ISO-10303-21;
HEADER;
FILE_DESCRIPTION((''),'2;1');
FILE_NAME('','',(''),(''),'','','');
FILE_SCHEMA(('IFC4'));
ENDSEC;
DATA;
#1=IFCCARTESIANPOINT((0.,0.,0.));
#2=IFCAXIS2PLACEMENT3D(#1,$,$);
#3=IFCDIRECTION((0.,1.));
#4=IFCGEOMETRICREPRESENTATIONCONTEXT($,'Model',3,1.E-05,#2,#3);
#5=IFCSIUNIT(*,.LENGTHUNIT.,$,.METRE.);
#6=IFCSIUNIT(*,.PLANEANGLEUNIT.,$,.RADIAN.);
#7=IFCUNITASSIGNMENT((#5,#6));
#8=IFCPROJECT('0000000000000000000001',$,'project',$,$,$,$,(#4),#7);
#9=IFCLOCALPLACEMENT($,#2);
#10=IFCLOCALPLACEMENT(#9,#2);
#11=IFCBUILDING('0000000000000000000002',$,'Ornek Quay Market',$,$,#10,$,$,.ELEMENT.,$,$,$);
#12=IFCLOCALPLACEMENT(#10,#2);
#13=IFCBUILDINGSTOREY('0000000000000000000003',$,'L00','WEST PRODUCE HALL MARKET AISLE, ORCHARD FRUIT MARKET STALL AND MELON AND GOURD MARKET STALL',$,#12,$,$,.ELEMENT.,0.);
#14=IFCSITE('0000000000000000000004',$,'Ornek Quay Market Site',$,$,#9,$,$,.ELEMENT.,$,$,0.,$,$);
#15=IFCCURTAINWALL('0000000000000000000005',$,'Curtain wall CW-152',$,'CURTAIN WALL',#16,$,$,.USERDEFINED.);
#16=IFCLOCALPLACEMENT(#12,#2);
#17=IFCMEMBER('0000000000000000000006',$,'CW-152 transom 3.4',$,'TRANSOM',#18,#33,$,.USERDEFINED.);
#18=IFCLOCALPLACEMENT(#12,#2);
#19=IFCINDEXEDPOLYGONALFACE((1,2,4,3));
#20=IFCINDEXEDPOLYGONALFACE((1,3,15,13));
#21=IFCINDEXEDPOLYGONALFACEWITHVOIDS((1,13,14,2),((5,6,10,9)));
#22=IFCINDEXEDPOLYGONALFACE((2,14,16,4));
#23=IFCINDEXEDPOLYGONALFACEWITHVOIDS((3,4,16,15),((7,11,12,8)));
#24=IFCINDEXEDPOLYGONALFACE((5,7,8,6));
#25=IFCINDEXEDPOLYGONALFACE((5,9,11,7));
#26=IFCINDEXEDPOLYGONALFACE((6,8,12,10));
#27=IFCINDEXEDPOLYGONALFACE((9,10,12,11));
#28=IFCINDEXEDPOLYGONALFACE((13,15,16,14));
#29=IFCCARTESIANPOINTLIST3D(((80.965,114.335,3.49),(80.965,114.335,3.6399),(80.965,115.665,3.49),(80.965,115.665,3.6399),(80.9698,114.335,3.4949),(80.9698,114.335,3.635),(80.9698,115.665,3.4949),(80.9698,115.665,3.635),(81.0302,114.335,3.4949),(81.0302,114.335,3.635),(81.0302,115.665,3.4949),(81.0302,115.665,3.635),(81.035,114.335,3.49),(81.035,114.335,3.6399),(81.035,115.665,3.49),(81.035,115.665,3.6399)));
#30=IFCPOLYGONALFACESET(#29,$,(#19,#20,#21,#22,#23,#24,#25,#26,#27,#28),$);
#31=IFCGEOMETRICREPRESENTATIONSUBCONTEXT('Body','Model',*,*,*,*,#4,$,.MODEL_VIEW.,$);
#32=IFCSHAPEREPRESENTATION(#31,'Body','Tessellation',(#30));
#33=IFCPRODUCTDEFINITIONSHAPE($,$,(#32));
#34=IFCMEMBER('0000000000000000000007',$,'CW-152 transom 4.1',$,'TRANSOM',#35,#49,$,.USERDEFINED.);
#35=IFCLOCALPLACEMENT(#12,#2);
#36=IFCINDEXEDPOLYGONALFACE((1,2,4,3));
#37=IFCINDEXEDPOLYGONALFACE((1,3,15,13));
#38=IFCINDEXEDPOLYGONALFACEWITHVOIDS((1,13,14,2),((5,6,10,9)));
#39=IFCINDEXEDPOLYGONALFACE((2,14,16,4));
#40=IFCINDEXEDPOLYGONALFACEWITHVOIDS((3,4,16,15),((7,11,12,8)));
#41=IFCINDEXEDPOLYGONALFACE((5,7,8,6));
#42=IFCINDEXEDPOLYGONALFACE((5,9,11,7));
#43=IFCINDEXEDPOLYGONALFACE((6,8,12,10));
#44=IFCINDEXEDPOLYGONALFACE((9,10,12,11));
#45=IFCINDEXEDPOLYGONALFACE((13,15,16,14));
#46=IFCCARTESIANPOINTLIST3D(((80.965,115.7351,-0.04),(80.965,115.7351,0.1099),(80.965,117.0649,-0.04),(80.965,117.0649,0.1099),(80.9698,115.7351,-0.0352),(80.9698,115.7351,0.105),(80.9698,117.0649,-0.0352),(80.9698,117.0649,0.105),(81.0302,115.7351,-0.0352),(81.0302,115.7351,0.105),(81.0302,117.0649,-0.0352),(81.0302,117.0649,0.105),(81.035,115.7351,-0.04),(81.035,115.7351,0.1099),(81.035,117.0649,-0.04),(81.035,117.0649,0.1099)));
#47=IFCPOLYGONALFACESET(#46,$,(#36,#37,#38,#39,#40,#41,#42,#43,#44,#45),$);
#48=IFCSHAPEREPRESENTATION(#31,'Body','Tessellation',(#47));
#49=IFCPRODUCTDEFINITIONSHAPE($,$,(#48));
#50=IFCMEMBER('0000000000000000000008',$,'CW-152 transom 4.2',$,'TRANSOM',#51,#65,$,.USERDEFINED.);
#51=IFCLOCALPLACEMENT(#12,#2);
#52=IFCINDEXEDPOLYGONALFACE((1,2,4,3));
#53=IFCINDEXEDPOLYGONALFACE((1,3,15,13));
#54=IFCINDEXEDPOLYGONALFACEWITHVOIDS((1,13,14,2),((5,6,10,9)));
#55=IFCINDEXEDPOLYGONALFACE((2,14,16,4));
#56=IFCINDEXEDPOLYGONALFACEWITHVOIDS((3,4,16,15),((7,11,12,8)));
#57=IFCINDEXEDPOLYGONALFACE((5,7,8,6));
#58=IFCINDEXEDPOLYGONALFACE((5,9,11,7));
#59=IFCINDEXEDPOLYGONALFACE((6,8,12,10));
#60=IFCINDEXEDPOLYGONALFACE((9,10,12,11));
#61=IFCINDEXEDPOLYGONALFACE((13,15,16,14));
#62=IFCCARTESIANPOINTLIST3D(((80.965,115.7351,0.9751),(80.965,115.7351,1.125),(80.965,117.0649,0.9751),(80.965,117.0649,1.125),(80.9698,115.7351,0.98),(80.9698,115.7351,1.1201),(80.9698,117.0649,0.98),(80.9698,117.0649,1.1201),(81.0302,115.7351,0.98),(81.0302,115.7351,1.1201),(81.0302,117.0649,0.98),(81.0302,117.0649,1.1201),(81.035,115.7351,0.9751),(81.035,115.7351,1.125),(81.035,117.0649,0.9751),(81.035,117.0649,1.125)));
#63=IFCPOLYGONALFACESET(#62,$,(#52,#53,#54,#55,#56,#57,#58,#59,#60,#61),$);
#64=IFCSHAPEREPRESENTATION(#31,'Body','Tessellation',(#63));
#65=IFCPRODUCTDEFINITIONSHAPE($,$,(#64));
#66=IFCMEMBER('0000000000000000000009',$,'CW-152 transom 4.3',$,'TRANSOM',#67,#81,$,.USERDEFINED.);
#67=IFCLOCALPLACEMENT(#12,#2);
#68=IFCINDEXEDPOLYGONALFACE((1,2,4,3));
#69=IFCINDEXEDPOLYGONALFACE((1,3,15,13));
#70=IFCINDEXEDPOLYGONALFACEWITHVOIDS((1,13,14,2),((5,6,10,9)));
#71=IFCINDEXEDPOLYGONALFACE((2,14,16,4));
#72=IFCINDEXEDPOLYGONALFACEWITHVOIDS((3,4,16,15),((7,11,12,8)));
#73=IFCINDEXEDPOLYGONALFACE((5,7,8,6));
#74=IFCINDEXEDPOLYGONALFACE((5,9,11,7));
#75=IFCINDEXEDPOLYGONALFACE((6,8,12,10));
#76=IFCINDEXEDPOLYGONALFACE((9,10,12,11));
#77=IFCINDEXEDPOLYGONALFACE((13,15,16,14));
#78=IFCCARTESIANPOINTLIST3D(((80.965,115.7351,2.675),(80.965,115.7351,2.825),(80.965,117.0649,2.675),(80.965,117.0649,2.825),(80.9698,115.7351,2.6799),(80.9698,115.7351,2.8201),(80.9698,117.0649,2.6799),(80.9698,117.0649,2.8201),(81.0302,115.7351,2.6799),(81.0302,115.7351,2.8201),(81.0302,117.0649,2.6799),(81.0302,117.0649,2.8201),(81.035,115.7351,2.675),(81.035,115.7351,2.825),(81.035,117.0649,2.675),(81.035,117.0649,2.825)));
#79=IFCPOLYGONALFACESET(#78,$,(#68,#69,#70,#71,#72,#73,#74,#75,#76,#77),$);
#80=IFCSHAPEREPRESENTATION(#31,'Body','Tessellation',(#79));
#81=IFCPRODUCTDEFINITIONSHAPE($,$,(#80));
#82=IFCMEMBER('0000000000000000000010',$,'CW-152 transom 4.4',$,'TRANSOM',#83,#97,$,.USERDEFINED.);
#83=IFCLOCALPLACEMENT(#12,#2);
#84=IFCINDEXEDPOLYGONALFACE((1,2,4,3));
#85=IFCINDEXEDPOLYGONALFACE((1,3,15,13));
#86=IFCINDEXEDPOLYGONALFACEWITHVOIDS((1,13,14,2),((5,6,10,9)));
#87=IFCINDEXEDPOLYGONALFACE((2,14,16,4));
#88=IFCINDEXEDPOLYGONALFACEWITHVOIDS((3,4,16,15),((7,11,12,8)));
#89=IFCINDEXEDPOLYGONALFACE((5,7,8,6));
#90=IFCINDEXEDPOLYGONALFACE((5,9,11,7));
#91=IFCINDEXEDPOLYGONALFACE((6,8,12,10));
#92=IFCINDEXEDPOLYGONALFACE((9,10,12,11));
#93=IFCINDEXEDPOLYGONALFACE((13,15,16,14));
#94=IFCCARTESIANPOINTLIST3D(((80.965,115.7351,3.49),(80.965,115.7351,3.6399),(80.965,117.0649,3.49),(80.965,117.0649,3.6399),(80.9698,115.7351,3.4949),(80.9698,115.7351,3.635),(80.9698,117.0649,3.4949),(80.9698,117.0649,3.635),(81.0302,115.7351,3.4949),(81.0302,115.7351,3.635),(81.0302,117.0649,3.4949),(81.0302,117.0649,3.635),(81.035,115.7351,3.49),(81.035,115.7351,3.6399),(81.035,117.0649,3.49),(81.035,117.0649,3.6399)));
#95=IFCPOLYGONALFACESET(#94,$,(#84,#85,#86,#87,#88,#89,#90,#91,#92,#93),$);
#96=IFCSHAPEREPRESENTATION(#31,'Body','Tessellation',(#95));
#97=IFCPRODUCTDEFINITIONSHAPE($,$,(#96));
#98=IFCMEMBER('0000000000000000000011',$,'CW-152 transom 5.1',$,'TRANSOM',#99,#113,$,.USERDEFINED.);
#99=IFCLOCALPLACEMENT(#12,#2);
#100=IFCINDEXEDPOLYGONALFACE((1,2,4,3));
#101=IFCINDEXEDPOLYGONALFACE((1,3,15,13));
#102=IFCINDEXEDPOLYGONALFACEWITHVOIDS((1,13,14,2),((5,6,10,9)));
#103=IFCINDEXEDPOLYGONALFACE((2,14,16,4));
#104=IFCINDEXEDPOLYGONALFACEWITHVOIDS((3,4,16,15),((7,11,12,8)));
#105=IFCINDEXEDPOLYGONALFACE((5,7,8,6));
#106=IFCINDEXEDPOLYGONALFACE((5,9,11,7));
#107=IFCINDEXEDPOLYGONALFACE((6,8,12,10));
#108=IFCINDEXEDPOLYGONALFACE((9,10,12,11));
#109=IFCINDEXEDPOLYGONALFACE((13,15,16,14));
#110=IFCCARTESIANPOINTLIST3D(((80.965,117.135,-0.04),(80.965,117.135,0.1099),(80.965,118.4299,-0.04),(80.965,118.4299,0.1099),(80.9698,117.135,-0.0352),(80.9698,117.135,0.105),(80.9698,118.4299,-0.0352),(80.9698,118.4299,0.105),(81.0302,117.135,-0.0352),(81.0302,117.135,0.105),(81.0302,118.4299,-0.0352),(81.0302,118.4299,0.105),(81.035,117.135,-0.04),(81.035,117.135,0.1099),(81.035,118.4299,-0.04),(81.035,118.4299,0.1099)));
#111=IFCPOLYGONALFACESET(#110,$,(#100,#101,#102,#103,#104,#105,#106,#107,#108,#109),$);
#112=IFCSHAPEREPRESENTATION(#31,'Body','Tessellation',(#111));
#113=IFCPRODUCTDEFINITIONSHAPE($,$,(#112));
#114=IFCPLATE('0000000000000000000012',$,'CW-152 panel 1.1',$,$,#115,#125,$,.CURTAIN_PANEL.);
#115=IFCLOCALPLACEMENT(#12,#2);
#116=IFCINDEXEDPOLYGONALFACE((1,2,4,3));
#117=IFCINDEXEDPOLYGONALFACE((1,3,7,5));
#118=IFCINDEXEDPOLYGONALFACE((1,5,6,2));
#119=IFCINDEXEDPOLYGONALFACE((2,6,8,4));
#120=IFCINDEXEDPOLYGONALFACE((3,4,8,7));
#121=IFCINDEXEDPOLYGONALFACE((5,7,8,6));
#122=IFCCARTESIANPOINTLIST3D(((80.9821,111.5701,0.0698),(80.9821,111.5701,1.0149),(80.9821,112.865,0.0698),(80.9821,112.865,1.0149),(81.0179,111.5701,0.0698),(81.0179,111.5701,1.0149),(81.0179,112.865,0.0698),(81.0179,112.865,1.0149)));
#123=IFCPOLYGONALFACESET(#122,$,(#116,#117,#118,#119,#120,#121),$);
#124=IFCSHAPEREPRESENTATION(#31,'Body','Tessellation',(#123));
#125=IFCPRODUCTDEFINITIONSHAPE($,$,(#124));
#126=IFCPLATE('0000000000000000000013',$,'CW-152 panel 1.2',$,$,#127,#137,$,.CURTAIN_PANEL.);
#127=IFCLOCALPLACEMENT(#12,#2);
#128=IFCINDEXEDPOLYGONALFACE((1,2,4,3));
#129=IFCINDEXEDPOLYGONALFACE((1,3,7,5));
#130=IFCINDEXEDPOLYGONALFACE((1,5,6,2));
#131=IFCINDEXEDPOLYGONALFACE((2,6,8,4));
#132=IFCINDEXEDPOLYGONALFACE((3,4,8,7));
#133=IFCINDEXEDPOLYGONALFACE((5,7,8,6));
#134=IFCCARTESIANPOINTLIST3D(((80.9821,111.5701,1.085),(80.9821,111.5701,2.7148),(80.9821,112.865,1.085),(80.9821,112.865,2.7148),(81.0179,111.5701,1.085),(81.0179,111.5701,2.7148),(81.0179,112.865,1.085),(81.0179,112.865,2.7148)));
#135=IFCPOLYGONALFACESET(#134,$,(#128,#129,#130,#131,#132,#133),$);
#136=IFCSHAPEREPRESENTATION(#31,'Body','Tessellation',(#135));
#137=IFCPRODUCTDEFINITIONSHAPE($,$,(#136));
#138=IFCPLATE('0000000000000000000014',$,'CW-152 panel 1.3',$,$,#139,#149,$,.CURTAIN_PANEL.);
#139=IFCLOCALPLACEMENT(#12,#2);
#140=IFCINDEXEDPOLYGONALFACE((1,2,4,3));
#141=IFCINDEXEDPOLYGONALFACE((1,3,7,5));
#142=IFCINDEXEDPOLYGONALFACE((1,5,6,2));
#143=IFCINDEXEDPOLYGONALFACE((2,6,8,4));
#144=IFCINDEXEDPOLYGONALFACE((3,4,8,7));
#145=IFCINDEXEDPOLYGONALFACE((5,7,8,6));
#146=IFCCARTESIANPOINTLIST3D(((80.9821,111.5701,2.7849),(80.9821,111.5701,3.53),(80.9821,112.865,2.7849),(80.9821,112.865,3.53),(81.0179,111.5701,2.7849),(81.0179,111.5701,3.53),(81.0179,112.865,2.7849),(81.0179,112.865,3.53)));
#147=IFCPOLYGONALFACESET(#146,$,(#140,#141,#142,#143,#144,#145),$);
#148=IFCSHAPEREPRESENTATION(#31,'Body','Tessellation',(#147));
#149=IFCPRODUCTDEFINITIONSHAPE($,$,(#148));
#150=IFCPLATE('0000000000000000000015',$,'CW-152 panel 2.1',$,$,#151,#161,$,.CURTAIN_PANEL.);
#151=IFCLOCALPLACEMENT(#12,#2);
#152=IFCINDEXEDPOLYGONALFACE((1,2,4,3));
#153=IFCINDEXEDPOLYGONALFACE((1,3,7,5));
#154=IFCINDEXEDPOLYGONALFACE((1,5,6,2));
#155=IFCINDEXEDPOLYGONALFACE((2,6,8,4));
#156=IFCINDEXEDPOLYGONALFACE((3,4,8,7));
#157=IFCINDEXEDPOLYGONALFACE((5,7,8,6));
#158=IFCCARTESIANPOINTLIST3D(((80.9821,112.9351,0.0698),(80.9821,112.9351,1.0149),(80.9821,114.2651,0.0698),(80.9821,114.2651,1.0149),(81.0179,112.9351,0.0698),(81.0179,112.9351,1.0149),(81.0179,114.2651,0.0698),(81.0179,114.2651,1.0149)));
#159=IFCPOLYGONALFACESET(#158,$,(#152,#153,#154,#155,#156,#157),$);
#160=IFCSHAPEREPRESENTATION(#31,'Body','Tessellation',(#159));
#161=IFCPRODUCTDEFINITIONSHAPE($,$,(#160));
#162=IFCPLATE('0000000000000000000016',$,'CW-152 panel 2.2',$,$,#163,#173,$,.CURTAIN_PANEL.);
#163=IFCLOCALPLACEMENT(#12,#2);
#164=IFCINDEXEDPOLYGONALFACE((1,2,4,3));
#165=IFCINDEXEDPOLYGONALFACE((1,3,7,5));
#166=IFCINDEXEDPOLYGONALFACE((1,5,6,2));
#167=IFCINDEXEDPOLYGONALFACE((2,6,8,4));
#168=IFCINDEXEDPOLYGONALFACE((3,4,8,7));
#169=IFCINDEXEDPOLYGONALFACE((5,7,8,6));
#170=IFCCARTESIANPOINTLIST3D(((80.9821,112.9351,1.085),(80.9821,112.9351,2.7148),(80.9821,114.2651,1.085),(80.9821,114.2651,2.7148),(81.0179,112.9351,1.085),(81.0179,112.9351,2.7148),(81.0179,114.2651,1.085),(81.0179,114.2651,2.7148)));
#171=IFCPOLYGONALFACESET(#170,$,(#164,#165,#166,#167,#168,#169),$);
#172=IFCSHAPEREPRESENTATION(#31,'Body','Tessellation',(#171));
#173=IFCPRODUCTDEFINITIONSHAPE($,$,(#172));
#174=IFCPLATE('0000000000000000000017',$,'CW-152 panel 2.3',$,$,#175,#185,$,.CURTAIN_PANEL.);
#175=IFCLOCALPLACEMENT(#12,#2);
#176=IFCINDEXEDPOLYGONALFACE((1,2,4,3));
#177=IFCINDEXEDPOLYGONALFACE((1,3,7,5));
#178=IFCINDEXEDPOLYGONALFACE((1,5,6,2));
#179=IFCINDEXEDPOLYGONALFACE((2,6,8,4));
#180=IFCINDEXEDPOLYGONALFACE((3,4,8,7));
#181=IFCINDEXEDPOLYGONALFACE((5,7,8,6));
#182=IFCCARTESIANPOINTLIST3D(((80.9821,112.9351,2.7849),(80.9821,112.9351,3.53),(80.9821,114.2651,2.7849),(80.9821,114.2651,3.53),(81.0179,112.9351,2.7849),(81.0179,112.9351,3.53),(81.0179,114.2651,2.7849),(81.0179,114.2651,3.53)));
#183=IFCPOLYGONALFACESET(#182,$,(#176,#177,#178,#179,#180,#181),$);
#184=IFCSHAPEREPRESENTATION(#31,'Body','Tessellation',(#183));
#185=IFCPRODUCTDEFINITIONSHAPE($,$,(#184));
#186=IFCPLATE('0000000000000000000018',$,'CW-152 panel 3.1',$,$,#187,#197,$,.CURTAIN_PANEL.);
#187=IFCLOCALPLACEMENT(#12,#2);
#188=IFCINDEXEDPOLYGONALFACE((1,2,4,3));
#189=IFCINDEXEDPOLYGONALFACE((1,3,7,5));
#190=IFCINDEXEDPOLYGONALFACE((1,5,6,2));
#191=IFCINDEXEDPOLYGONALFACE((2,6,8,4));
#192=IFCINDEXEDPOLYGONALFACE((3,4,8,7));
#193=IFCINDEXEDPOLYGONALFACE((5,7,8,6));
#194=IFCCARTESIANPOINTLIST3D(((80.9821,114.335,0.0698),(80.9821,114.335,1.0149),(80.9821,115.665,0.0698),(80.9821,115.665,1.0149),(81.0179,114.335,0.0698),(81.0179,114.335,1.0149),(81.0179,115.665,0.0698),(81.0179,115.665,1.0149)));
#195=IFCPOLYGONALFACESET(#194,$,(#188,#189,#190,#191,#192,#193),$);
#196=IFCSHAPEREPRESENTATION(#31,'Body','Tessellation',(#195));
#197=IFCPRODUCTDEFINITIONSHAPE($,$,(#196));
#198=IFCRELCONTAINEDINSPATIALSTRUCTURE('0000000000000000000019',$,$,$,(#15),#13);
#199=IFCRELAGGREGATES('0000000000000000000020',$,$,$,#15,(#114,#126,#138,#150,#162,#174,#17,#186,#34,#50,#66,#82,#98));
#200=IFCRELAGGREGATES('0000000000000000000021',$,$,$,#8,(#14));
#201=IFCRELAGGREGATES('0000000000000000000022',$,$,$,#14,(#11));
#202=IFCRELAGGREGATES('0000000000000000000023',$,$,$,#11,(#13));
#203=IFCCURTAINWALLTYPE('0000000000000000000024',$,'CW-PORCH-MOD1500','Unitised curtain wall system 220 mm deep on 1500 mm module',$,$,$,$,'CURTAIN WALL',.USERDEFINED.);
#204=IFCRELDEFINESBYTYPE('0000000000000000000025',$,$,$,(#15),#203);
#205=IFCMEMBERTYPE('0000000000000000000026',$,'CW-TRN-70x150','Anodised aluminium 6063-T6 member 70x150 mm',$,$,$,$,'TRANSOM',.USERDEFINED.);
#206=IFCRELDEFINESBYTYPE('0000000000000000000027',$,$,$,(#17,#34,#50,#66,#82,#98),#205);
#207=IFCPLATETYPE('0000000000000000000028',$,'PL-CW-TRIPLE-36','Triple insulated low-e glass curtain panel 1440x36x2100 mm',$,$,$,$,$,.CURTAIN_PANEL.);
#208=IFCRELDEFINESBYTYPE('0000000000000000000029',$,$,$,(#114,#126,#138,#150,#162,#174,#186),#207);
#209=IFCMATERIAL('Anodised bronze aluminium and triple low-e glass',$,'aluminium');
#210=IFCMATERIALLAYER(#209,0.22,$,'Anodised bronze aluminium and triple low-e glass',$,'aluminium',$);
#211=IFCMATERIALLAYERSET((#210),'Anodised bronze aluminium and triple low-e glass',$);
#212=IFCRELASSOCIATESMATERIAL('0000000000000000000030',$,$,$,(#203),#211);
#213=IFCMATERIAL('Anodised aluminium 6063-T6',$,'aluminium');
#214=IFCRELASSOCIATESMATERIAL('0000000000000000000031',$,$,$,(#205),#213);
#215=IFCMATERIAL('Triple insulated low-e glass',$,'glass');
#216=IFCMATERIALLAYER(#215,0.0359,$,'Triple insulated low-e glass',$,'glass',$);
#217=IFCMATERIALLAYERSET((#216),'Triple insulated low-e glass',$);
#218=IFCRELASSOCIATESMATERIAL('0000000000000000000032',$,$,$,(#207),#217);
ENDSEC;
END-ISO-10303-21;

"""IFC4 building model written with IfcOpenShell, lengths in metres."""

from ifc_helpers import new_model, si_unit, direction, frame, origin, origin_2d, place, context, subcontext, project, spatial, rectangle, hollow_rectangle, extrude, material, layer, layer_set, material_profile, profile_set, type_object, element, aggregate, save


model = new_model("IFC4")

# Units and contexts
model_context = context("Model", 3, precision=1e-05, world=origin(), true_north=direction((0.0, 1.0)))
body_context = subcontext(model_context, "Body", "Model", "MODEL_VIEW")
ifc_project = project(units=[si_unit("LENGTHUNIT", "METRE"), si_unit("PLANEANGLEUNIT", "RADIAN")], contexts=[model_context])

# Site, building, storey
site_placement = place(None, origin())
site = spatial("IfcSite", under=ifc_project, at=site_placement, Name="Ornek Quay Market Site", CompositionType="ELEMENT", RefElevation=0.0)
building_placement = place(site_placement, origin())
building = spatial("IfcBuilding", under=site, at=building_placement, Name="Ornek Quay Market", CompositionType="ELEMENT")
storey_placement = place(building_placement, origin())
storey = spatial("IfcBuildingStorey", under=building, at=storey_placement, Name="L00", Description="WEST PRODUCE HALL MARKET AISLE, ORCHARD FRUIT MARKET STALL AND MELON AND GOURD MARKET STALL", CompositionType="ELEMENT", Elevation=0.0)

# Curtain wall, members, plates
ifc_material_1 = material(Name="Anodised bronze aluminium and triple low-e glass", Category="aluminium")
ifc_layer_1 = layer(ifc_material_1, 0.22, Name="Anodised bronze aluminium and triple low-e glass", Category="aluminium")
ifc_layer_set_1 = layer_set([ifc_layer_1], Name="Anodised bronze aluminium and triple low-e glass")
curtain_wall_type = type_object("IfcCurtainWallType", Name="CW-PORCH-MOD1500", Description="Unitised curtain wall system 220 mm deep on 1500 mm module", ElementType="CURTAIN WALL", PredefinedType="USERDEFINED", material=ifc_layer_set_1)
curtain_wall_placement = place(storey_placement, origin())
curtain_wall = element("IfcCurtainWall", 1, at=curtain_wall_placement, inside=storey, type_object=curtain_wall_type, Name="Curtain wall CW-152", ObjectType="CURTAIN WALL", PredefinedType="USERDEFINED")
ifc_material_2 = material(Name="Anodised aluminium 6063-T6", Category="aluminium")
ifc_material_profile_1 = material_profile(ifc_material_2, hollow_rectangle(XDim=0.0701, YDim=0.1499, WallThickness=0.0049, at=origin_2d()), Name="CW-TRN-70x150", Category="aluminium")
ifc_profile_set_1 = profile_set([ifc_material_profile_1], Name="Anodised aluminium 6063-T6")
member_type_1 = type_object("IfcMemberType", Name="CW-TRN-70x150", Description="Anodised aluminium 6063-T6 member 70x150 mm", ElementType="TRANSOM", PredefinedType="USERDEFINED", material=ifc_profile_set_1)
member_1_placement = place(storey_placement, frame((81.0, 114.335, 3.5649), z_axis=(0.0, 1.0, 0.0), x_axis=(-1.0, 0.0, 0.0)))
member_1 = element("IfcMember", 2, at=member_1_placement, type_object=member_type_1, Name="CW-152 transom 3.4", ObjectType="TRANSOM", PredefinedType="USERDEFINED", context=body_context, shape_type="SweptSolid", body=[
    extrude(hollow_rectangle(XDim=0.0701, YDim=0.1499, WallThickness=0.0049, at=origin_2d()), origin(), (0.0, 0.0, 1.0), 1.3301),
])
member_2_placement = place(storey_placement, frame((81.0, 115.7351, 0.0349), z_axis=(0.0, 1.0, 0.0), x_axis=(-1.0, 0.0, 0.0)))
member_2 = element("IfcMember", 3, at=member_2_placement, type_object=member_type_1, Name="CW-152 transom 4.1", ObjectType="TRANSOM", PredefinedType="USERDEFINED", context=body_context, shape_type="SweptSolid", body=[
    extrude(hollow_rectangle(XDim=0.0701, YDim=0.1499, WallThickness=0.0049, at=origin_2d()), origin(), (0.0, 0.0, 1.0), 1.3298),
])
member_3_placement = place(storey_placement, frame((81.0, 115.7351, 1.05), z_axis=(0.0, 1.0, 0.0), x_axis=(-1.0, 0.0, 0.0)))
member_3 = element("IfcMember", 4, at=member_3_placement, type_object=member_type_1, Name="CW-152 transom 4.2", ObjectType="TRANSOM", PredefinedType="USERDEFINED", context=body_context, shape_type="SweptSolid", body=[
    extrude(hollow_rectangle(XDim=0.0701, YDim=0.1499, WallThickness=0.0049, at=origin_2d()), origin(), (0.0, 0.0, 1.0), 1.3298),
])
member_4_placement = place(storey_placement, frame((81.0, 115.7351, 2.75), z_axis=(0.0, 1.0, 0.0), x_axis=(-1.0, 0.0, 0.0)))
member_4 = element("IfcMember", 5, at=member_4_placement, type_object=member_type_1, Name="CW-152 transom 4.3", ObjectType="TRANSOM", PredefinedType="USERDEFINED", context=body_context, shape_type="SweptSolid", body=[
    extrude(hollow_rectangle(XDim=0.0701, YDim=0.1499, WallThickness=0.0049, at=origin_2d()), origin(), (0.0, 0.0, 1.0), 1.3298),
])
member_5_placement = place(storey_placement, frame((81.0, 115.7351, 3.5649), z_axis=(0.0, 1.0, 0.0), x_axis=(-1.0, 0.0, 0.0)))
member_5 = element("IfcMember", 6, at=member_5_placement, type_object=member_type_1, Name="CW-152 transom 4.4", ObjectType="TRANSOM", PredefinedType="USERDEFINED", context=body_context, shape_type="SweptSolid", body=[
    extrude(hollow_rectangle(XDim=0.0701, YDim=0.1499, WallThickness=0.0049, at=origin_2d()), origin(), (0.0, 0.0, 1.0), 1.3298),
])
member_6_placement = place(storey_placement, frame((81.0, 117.135, 0.0349), z_axis=(0.0, 1.0, 0.0), x_axis=(-1.0, 0.0, 0.0)))
member_6 = element("IfcMember", 7, at=member_6_placement, type_object=member_type_1, Name="CW-152 transom 5.1", ObjectType="TRANSOM", PredefinedType="USERDEFINED", context=body_context, shape_type="SweptSolid", body=[
    extrude(hollow_rectangle(XDim=0.0701, YDim=0.1499, WallThickness=0.0049, at=origin_2d()), origin(), (0.0, 0.0, 1.0), 1.2949),
])
ifc_material_3 = material(Name="Triple insulated low-e glass", Category="glass")
ifc_layer_2 = layer(ifc_material_3, 0.0359, Name="Triple insulated low-e glass", Category="glass")
ifc_layer_set_2 = layer_set([ifc_layer_2], Name="Triple insulated low-e glass")
plate_type_1 = type_object("IfcPlateType", Name="PL-CW-TRIPLE-36", Description="Triple insulated low-e glass curtain panel 1440x36x2100 mm", PredefinedType="CURTAIN_PANEL", material=ifc_layer_set_2)
plate_1_placement = place(storey_placement, frame((81.0, 112.2175, 0.0698), z_axis=(0.0, 0.0, 1.0), x_axis=(0.0, 1.0, 0.0)))
plate_1 = element("IfcPlate", 8, at=plate_1_placement, type_object=plate_type_1, Name="CW-152 panel 1.1", PredefinedType="CURTAIN_PANEL", context=body_context, shape_type="SweptSolid", body=[
    extrude(rectangle(XDim=1.2949, YDim=0.0359, at=origin_2d()), origin(), (0.0, 0.0, 1.0), 0.9451),
])
plate_2_placement = place(storey_placement, frame((81.0, 112.2175, 1.085), z_axis=(0.0, 0.0, 1.0), x_axis=(0.0, 1.0, 0.0)))
plate_2 = element("IfcPlate", 9, at=plate_2_placement, type_object=plate_type_1, Name="CW-152 panel 1.2", PredefinedType="CURTAIN_PANEL", context=body_context, shape_type="SweptSolid", body=[
    extrude(rectangle(XDim=1.2949, YDim=0.0359, at=origin_2d()), origin(), (0.0, 0.0, 1.0), 1.6299),
])
plate_3_placement = place(storey_placement, frame((81.0, 112.2175, 2.7849), z_axis=(0.0, 0.0, 1.0), x_axis=(0.0, 1.0, 0.0)))
plate_3 = element("IfcPlate", 10, at=plate_3_placement, type_object=plate_type_1, Name="CW-152 panel 1.3", PredefinedType="CURTAIN_PANEL", context=body_context, shape_type="SweptSolid", body=[
    extrude(rectangle(XDim=1.2949, YDim=0.0359, at=origin_2d()), origin(), (0.0, 0.0, 1.0), 0.7451),
])
plate_4_placement = place(storey_placement, frame((81.0, 113.6001, 0.0698), z_axis=(0.0, 0.0, 1.0), x_axis=(0.0, 1.0, 0.0)))
plate_4 = element("IfcPlate", 11, at=plate_4_placement, type_object=plate_type_1, Name="CW-152 panel 2.1", PredefinedType="CURTAIN_PANEL", context=body_context, shape_type="SweptSolid", body=[
    extrude(rectangle(XDim=1.3301, YDim=0.0359, at=origin_2d()), origin(), (0.0, 0.0, 1.0), 0.9451),
])
plate_5_placement = place(storey_placement, frame((81.0, 113.6001, 1.085), z_axis=(0.0, 0.0, 1.0), x_axis=(0.0, 1.0, 0.0)))
plate_5 = element("IfcPlate", 12, at=plate_5_placement, type_object=plate_type_1, Name="CW-152 panel 2.2", PredefinedType="CURTAIN_PANEL", context=body_context, shape_type="SweptSolid", body=[
    extrude(rectangle(XDim=1.3301, YDim=0.0359, at=origin_2d()), origin(), (0.0, 0.0, 1.0), 1.6299),
])
plate_6_placement = place(storey_placement, frame((81.0, 113.6001, 2.7849), z_axis=(0.0, 0.0, 1.0), x_axis=(0.0, 1.0, 0.0)))
plate_6 = element("IfcPlate", 13, at=plate_6_placement, type_object=plate_type_1, Name="CW-152 panel 2.3", PredefinedType="CURTAIN_PANEL", context=body_context, shape_type="SweptSolid", body=[
    extrude(rectangle(XDim=1.3301, YDim=0.0359, at=origin_2d()), origin(), (0.0, 0.0, 1.0), 0.7451),
])
plate_7_placement = place(storey_placement, frame((81.0, 115.0, 0.0698), z_axis=(0.0, 0.0, 1.0), x_axis=(0.0, 1.0, 0.0)))
plate_7 = element("IfcPlate", 14, at=plate_7_placement, type_object=plate_type_1, Name="CW-152 panel 3.1", PredefinedType="CURTAIN_PANEL", context=body_context, shape_type="SweptSolid", body=[
    extrude(rectangle(XDim=1.3301, YDim=0.0359, at=origin_2d()), origin(), (0.0, 0.0, 1.0), 0.9451),
])
aggregate(curtain_wall, [plate_1, plate_2, plate_3, plate_4, plate_5, plate_6, member_1, plate_7, member_2, member_3, member_4, member_5, member_6])

save(model, "model.ifc")
